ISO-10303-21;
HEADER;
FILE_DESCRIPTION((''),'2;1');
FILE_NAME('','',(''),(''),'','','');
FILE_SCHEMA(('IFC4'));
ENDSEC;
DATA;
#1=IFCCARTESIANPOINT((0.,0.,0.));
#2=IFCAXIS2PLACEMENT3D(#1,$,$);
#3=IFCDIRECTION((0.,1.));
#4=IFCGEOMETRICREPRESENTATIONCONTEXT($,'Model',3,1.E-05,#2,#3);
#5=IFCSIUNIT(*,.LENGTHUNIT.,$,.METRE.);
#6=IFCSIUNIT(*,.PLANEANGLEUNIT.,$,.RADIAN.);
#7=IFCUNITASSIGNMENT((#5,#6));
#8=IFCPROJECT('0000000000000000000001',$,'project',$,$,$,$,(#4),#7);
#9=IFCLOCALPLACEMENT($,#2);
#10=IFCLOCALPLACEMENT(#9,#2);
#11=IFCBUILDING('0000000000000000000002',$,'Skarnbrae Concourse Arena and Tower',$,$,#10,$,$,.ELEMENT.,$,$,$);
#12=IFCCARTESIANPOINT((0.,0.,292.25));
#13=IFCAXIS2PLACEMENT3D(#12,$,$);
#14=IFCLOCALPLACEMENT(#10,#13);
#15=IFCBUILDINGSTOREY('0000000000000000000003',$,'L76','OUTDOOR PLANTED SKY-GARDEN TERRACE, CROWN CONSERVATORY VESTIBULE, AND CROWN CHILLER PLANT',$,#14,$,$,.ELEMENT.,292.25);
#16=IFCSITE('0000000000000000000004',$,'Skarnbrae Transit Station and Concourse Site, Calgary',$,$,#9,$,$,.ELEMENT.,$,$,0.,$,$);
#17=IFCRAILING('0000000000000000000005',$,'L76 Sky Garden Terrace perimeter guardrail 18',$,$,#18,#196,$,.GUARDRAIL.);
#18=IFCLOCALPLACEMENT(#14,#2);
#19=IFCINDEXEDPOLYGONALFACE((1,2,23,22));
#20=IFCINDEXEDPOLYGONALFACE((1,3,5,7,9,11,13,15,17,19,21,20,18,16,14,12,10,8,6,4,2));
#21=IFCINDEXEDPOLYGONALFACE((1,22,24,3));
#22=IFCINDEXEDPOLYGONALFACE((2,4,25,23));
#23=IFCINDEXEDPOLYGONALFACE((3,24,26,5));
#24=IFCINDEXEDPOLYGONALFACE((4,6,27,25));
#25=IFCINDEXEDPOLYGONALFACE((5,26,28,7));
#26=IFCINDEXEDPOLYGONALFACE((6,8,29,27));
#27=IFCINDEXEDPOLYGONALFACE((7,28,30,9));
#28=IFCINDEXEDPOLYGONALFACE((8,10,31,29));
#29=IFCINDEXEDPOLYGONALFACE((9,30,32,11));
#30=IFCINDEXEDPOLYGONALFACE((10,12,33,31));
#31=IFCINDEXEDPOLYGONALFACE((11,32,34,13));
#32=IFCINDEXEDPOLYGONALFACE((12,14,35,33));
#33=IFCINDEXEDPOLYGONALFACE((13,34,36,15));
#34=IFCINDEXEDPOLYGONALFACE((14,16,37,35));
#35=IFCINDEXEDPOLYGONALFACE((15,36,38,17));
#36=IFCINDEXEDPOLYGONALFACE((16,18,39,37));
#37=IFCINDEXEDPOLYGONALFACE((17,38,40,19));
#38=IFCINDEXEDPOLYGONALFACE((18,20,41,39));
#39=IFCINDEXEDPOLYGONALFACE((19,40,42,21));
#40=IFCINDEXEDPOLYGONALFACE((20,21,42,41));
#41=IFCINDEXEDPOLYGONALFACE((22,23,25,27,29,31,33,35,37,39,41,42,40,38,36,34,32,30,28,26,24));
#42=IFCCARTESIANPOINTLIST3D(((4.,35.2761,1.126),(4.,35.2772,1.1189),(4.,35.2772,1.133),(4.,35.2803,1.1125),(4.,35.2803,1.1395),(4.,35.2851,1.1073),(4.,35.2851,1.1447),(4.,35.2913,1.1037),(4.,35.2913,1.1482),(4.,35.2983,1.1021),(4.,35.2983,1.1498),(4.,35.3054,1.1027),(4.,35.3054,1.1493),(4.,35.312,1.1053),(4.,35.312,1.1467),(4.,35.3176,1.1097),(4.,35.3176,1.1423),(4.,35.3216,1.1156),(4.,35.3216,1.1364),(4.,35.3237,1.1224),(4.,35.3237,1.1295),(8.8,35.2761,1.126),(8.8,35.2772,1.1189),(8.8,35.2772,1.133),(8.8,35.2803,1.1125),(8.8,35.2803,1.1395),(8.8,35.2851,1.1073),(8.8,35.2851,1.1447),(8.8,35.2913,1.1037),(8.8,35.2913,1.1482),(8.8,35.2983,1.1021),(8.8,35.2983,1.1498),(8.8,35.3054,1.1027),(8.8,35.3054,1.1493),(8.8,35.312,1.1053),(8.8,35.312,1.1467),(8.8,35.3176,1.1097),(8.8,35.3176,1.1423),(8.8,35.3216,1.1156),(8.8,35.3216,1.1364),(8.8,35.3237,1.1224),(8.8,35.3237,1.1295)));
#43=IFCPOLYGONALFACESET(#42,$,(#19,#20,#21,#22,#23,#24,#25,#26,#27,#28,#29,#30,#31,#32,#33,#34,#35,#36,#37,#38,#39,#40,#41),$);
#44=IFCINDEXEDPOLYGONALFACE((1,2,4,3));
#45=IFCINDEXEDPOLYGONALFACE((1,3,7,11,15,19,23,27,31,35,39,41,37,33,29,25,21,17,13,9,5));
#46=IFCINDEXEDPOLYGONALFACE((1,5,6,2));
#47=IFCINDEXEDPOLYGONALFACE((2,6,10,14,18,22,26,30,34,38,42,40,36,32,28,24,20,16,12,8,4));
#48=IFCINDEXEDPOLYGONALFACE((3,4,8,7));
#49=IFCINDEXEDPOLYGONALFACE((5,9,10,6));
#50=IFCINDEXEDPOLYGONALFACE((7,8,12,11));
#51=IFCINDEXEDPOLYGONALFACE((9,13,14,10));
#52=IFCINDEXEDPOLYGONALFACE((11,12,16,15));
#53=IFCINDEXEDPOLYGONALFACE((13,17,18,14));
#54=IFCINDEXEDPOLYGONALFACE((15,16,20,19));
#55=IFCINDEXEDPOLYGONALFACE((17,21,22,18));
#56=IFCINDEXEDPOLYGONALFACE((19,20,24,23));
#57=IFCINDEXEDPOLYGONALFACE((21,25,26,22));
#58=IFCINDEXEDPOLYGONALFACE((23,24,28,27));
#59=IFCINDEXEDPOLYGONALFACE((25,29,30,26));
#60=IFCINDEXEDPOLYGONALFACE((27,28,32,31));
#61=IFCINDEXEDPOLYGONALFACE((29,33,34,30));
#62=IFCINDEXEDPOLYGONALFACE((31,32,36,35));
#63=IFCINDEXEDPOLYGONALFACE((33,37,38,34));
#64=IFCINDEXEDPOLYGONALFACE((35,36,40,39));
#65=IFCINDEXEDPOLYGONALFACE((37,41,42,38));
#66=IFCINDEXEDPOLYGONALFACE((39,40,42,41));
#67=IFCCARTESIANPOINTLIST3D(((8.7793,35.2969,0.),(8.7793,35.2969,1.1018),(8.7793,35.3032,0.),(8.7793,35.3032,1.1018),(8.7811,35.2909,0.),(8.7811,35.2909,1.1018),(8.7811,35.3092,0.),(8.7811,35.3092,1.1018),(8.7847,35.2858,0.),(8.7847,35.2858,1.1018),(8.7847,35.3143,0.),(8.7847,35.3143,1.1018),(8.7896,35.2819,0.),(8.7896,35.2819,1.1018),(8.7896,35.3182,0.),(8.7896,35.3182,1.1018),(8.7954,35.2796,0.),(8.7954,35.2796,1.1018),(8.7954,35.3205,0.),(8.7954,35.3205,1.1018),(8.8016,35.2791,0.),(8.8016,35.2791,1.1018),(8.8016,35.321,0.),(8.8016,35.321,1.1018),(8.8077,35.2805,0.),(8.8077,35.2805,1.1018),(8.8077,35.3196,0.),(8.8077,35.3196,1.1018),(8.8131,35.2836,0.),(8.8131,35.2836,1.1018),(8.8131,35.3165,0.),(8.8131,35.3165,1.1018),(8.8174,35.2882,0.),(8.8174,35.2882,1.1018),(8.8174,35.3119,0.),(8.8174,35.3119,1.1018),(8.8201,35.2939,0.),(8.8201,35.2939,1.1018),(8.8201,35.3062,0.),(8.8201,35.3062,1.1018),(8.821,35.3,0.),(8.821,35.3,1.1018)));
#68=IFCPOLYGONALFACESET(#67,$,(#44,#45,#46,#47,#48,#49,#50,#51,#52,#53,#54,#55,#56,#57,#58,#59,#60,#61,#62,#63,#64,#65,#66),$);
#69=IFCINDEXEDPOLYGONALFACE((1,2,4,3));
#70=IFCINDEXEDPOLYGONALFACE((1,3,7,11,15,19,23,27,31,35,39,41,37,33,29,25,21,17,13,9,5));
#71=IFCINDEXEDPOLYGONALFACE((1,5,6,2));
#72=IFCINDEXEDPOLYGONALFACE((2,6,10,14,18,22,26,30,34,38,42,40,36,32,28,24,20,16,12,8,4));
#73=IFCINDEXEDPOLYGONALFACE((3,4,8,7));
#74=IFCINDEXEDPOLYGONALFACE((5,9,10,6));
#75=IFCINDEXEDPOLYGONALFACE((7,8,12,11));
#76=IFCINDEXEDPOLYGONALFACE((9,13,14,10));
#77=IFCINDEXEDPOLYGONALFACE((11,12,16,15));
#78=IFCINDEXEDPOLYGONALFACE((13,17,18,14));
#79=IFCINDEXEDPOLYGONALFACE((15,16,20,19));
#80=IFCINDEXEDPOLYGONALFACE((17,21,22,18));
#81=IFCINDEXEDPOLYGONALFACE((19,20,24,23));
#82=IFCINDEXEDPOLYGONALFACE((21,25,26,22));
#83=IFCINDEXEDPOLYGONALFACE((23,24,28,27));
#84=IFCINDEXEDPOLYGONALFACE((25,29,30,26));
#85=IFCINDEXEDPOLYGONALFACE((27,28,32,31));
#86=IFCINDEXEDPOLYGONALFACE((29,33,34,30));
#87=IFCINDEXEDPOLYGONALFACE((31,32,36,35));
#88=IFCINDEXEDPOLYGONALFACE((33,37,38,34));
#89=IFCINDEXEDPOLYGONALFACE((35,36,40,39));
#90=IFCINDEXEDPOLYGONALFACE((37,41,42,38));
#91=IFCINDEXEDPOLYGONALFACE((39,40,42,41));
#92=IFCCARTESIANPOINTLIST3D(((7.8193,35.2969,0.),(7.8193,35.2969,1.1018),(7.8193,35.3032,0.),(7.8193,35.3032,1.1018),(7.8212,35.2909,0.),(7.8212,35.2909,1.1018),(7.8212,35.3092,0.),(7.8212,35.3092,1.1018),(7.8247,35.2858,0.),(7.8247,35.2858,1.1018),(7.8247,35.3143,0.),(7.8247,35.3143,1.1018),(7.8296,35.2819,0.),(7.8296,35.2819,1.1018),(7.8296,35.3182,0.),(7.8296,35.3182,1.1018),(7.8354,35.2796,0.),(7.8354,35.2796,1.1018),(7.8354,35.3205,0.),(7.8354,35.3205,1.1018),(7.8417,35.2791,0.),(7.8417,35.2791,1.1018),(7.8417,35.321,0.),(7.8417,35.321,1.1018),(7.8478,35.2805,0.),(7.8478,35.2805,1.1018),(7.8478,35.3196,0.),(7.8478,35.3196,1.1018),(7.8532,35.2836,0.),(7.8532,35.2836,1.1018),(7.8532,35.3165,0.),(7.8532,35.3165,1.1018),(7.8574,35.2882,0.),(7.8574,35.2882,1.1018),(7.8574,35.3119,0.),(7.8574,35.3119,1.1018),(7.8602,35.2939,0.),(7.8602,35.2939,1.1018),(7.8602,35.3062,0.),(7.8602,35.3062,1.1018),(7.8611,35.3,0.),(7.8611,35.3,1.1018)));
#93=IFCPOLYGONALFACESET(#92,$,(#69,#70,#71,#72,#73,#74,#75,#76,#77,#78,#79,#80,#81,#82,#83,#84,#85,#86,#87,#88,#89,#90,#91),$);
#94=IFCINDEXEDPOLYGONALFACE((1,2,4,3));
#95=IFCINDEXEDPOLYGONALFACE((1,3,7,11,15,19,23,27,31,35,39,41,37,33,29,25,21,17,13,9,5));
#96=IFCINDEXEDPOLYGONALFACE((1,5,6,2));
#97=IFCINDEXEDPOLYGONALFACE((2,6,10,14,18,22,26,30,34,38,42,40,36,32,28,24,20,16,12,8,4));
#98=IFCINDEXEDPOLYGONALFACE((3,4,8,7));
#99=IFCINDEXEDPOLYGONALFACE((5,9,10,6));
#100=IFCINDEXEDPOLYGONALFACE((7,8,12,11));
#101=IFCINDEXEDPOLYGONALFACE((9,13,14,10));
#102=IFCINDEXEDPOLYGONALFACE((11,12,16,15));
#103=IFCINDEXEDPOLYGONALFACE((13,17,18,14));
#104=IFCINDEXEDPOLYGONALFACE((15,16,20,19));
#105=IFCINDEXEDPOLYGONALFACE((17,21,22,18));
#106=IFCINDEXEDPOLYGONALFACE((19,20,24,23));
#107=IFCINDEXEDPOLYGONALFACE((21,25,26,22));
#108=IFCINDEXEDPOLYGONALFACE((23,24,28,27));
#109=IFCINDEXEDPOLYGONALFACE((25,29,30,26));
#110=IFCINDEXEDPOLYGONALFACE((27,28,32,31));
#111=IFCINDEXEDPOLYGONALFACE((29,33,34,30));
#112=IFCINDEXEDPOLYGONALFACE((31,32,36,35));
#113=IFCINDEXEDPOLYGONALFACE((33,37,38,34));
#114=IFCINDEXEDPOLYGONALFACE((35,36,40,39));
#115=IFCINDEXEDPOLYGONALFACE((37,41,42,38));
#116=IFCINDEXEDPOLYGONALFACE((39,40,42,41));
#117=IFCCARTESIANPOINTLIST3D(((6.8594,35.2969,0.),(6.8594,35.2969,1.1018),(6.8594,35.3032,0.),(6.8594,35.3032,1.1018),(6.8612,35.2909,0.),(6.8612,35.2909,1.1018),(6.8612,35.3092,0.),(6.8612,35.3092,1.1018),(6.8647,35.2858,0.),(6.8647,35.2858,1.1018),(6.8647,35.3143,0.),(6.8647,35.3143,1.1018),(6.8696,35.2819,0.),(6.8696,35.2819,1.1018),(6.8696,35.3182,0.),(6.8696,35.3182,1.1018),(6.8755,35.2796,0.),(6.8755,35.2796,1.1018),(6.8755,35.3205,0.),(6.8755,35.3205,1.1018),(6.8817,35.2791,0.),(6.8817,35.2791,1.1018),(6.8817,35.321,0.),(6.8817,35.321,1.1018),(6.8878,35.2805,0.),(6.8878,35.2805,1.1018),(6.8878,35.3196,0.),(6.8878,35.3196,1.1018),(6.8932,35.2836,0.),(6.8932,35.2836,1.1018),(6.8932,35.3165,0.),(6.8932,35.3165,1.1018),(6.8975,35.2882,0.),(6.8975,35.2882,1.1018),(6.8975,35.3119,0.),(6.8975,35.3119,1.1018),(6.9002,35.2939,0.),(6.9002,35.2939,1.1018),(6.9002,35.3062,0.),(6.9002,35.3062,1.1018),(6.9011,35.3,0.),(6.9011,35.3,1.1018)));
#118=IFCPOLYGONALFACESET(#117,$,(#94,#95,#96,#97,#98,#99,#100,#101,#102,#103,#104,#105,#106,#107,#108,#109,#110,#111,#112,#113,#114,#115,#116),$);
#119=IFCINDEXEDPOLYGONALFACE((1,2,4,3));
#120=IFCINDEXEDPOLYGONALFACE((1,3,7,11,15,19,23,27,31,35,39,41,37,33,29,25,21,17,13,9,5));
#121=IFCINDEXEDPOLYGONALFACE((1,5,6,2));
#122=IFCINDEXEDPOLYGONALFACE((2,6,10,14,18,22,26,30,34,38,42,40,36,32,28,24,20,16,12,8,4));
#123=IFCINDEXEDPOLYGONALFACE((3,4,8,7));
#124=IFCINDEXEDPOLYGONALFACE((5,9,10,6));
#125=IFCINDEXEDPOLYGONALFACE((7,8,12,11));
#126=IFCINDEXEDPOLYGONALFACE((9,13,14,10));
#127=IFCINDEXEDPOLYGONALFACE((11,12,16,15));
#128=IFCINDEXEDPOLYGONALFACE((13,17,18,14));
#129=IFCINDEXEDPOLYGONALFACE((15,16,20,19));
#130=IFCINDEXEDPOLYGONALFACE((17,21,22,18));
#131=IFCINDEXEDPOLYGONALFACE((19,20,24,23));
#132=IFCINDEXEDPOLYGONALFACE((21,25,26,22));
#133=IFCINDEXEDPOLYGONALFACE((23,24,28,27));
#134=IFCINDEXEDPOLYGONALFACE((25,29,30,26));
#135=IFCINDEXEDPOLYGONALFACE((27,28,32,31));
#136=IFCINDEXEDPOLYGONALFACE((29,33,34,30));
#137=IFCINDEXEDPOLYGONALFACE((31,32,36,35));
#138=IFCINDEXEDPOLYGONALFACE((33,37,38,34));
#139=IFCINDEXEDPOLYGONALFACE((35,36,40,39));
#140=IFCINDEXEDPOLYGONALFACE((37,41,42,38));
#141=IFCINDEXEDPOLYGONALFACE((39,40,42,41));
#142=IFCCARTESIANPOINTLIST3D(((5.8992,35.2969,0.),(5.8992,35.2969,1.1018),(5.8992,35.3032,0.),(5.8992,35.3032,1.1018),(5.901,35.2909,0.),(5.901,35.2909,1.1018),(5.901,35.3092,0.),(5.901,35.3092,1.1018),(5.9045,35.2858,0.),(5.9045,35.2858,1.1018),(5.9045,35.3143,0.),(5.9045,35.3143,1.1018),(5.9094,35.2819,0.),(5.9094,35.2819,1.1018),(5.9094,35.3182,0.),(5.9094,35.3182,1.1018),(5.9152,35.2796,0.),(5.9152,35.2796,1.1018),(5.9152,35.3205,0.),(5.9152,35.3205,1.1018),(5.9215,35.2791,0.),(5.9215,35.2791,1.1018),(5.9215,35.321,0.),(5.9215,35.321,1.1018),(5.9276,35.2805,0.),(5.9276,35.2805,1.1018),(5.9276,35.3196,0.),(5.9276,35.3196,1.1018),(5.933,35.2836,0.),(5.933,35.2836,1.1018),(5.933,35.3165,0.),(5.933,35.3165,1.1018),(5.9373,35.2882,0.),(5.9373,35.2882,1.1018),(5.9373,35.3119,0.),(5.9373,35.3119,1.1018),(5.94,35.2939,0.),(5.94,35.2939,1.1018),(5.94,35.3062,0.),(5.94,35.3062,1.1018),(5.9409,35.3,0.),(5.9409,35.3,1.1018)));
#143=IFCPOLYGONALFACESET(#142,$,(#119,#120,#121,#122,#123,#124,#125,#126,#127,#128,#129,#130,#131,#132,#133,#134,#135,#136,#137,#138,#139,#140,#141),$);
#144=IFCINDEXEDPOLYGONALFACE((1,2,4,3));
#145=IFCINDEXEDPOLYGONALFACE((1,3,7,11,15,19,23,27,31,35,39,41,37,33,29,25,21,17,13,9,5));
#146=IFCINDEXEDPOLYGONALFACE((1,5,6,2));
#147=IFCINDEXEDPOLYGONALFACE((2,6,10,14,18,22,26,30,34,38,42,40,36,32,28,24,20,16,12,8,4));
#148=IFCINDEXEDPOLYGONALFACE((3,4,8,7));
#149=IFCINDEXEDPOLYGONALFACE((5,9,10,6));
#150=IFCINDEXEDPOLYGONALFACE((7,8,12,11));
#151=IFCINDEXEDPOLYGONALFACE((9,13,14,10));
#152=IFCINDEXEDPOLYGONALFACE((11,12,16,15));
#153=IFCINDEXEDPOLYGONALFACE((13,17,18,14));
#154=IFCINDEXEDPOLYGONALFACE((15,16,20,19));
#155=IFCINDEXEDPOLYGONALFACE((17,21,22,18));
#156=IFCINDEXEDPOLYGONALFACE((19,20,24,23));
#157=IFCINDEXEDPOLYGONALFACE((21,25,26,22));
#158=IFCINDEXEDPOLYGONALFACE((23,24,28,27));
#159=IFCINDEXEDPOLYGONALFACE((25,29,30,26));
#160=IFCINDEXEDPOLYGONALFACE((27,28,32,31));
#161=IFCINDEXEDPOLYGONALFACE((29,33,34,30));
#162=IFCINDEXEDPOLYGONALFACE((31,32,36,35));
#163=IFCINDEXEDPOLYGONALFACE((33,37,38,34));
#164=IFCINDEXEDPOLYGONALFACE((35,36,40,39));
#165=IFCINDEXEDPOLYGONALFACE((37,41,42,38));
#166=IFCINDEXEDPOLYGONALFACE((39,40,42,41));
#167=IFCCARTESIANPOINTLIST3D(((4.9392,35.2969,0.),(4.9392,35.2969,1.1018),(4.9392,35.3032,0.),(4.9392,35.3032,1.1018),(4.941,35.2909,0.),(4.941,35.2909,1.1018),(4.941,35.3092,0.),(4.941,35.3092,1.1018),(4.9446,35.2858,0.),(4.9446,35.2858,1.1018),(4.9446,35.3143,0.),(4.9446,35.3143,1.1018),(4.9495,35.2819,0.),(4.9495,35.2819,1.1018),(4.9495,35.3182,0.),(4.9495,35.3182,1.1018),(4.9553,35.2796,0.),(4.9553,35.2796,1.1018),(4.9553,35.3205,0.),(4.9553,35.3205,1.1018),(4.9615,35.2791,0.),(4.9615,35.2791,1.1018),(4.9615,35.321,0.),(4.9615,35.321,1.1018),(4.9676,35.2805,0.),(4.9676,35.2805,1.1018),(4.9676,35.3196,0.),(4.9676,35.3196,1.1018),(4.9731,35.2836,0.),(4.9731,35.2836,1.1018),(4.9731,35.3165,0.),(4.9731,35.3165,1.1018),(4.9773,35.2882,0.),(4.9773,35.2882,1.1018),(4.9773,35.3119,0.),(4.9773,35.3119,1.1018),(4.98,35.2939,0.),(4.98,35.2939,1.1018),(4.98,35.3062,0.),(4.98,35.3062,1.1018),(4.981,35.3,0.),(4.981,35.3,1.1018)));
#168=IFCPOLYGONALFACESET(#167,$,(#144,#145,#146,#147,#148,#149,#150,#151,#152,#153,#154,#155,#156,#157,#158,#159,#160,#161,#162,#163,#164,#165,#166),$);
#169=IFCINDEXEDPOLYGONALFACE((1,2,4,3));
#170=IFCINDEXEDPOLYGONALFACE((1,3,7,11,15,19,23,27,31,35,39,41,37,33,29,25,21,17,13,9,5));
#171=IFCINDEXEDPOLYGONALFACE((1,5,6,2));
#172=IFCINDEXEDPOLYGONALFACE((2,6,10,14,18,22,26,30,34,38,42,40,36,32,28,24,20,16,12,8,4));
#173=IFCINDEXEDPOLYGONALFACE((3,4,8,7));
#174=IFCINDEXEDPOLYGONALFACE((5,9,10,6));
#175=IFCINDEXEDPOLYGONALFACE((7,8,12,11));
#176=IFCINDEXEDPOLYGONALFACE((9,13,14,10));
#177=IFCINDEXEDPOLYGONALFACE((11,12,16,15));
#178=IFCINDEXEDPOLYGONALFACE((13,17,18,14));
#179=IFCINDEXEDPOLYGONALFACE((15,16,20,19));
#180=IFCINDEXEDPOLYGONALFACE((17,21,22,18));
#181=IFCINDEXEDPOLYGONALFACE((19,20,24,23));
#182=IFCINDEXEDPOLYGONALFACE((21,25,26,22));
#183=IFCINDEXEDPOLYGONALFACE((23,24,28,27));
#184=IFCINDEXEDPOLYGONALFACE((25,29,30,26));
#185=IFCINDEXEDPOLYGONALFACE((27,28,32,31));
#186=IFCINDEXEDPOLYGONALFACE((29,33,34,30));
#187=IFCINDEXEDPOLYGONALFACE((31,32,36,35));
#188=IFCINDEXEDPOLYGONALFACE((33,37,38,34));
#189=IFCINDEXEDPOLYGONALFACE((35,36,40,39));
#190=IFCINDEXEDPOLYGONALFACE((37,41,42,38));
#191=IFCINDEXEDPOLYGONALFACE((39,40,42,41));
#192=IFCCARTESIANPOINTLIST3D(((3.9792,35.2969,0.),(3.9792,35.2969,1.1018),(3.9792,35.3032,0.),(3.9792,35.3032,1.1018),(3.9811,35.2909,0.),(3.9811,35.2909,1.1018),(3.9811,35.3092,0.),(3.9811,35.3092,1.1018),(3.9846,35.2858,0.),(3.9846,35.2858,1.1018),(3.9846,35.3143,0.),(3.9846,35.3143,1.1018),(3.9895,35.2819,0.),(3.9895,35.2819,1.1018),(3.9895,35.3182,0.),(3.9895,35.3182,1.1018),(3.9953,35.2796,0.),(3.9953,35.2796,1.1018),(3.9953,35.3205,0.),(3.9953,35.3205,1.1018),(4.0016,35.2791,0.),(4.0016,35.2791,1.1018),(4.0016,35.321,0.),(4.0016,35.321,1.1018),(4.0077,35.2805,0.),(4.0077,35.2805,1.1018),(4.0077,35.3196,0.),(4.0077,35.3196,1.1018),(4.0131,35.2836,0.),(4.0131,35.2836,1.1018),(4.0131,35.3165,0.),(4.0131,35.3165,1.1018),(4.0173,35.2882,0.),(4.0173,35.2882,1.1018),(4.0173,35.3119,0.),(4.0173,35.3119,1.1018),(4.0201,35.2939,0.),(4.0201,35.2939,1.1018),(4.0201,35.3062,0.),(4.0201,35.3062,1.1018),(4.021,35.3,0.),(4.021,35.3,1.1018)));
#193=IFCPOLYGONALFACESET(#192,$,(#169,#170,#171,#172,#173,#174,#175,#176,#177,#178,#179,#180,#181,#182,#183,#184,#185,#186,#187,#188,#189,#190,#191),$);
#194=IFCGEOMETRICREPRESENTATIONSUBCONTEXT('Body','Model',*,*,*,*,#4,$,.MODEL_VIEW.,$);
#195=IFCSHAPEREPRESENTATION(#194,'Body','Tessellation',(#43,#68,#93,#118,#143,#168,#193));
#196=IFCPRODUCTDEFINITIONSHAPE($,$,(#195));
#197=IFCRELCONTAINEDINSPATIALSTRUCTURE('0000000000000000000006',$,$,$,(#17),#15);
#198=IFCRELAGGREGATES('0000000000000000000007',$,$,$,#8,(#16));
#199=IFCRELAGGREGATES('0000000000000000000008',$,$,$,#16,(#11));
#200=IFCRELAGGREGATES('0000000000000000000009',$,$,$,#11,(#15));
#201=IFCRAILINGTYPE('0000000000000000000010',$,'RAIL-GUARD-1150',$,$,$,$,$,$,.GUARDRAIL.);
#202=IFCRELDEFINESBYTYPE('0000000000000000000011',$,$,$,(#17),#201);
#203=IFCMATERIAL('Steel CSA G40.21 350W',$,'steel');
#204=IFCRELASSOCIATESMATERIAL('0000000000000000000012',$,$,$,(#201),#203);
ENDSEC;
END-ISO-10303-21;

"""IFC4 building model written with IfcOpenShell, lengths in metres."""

from ifc_helpers import new_model, si_unit, direction, frame, origin, origin_2d, place, context, subcontext, project, spatial, circle, extrude, material, type_object, element, save


model = new_model("IFC4")

# Units and contexts
model_context = context("Model", 3, precision=1e-05, world=origin(), true_north=direction((0.0, 1.0)))
body_context = subcontext(model_context, "Body", "Model", "MODEL_VIEW")
ifc_project = project(units=[si_unit("LENGTHUNIT", "METRE"), si_unit("PLANEANGLEUNIT", "RADIAN")], contexts=[model_context])

# Site, building, storey
site_placement = place(None, origin())
site = spatial("IfcSite", under=ifc_project, at=site_placement, Name="Skarnbrae Transit Station and Concourse Site, Calgary", CompositionType="ELEMENT", RefElevation=0.0)
building_placement = place(site_placement, origin())
building = spatial("IfcBuilding", under=site, at=building_placement, Name="Skarnbrae Concourse Arena and Tower", CompositionType="ELEMENT")
storey_placement = place(building_placement, frame((0.0, 0.0, 292.25)))
storey = spatial("IfcBuildingStorey", under=building, at=storey_placement, Name="L76", Description="OUTDOOR PLANTED SKY-GARDEN TERRACE, CROWN CONSERVATORY VESTIBULE, AND CROWN CHILLER PLANT", CompositionType="ELEMENT", Elevation=292.25)

# Shared definitions
ifc_material_1 = material(Name="Steel CSA G40.21 350W", Category="steel")

# Railing
railing_type = type_object("IfcRailingType", Name="RAIL-GUARD-1150", PredefinedType="GUARDRAIL", material=ifc_material_1)
railing_1_placement = place(storey_placement, frame((8.8, 35.3, 0.0)))
element("IfcRailing", 1, at=railing_1_placement, inside=storey, type_object=railing_type, Name="L76 Sky Garden Terrace perimeter guardrail 18", PredefinedType="GUARDRAIL", context=body_context, shape_type="SweptSolid", body=[
    extrude(circle(Radius=0.0239, at=origin_2d()), frame((0.0, 0.0, 1.126), z_axis=(-1.0, 0.0, 0.0), x_axis=(0.0, -1.0, 0.0)), (0.0, 0.0, 1.0), 4.8),
    extrude(circle(Radius=0.021, at=origin_2d()), origin(), (0.0, 0.0, 1.0), 1.1018),
    extrude(circle(Radius=0.021, at=origin_2d()), frame((-0.96, 0.0, 0.0)), (0.0, 0.0, 1.0), 1.1018),
    extrude(circle(Radius=0.021, at=origin_2d()), frame((-1.9199, 0.0, 0.0)), (0.0, 0.0, 1.0), 1.1018),
    extrude(circle(Radius=0.021, at=origin_2d()), frame((-2.8801, 0.0, 0.0)), (0.0, 0.0, 1.0), 1.1018),
    extrude(circle(Radius=0.021, at=origin_2d()), frame((-3.8401, 0.0, 0.0)), (0.0, 0.0, 1.0), 1.1018),
    extrude(circle(Radius=0.021, at=origin_2d()), frame((-4.8, 0.0, 0.0)), (0.0, 0.0, 1.0), 1.1018),
])

save(model, "model.ifc")
